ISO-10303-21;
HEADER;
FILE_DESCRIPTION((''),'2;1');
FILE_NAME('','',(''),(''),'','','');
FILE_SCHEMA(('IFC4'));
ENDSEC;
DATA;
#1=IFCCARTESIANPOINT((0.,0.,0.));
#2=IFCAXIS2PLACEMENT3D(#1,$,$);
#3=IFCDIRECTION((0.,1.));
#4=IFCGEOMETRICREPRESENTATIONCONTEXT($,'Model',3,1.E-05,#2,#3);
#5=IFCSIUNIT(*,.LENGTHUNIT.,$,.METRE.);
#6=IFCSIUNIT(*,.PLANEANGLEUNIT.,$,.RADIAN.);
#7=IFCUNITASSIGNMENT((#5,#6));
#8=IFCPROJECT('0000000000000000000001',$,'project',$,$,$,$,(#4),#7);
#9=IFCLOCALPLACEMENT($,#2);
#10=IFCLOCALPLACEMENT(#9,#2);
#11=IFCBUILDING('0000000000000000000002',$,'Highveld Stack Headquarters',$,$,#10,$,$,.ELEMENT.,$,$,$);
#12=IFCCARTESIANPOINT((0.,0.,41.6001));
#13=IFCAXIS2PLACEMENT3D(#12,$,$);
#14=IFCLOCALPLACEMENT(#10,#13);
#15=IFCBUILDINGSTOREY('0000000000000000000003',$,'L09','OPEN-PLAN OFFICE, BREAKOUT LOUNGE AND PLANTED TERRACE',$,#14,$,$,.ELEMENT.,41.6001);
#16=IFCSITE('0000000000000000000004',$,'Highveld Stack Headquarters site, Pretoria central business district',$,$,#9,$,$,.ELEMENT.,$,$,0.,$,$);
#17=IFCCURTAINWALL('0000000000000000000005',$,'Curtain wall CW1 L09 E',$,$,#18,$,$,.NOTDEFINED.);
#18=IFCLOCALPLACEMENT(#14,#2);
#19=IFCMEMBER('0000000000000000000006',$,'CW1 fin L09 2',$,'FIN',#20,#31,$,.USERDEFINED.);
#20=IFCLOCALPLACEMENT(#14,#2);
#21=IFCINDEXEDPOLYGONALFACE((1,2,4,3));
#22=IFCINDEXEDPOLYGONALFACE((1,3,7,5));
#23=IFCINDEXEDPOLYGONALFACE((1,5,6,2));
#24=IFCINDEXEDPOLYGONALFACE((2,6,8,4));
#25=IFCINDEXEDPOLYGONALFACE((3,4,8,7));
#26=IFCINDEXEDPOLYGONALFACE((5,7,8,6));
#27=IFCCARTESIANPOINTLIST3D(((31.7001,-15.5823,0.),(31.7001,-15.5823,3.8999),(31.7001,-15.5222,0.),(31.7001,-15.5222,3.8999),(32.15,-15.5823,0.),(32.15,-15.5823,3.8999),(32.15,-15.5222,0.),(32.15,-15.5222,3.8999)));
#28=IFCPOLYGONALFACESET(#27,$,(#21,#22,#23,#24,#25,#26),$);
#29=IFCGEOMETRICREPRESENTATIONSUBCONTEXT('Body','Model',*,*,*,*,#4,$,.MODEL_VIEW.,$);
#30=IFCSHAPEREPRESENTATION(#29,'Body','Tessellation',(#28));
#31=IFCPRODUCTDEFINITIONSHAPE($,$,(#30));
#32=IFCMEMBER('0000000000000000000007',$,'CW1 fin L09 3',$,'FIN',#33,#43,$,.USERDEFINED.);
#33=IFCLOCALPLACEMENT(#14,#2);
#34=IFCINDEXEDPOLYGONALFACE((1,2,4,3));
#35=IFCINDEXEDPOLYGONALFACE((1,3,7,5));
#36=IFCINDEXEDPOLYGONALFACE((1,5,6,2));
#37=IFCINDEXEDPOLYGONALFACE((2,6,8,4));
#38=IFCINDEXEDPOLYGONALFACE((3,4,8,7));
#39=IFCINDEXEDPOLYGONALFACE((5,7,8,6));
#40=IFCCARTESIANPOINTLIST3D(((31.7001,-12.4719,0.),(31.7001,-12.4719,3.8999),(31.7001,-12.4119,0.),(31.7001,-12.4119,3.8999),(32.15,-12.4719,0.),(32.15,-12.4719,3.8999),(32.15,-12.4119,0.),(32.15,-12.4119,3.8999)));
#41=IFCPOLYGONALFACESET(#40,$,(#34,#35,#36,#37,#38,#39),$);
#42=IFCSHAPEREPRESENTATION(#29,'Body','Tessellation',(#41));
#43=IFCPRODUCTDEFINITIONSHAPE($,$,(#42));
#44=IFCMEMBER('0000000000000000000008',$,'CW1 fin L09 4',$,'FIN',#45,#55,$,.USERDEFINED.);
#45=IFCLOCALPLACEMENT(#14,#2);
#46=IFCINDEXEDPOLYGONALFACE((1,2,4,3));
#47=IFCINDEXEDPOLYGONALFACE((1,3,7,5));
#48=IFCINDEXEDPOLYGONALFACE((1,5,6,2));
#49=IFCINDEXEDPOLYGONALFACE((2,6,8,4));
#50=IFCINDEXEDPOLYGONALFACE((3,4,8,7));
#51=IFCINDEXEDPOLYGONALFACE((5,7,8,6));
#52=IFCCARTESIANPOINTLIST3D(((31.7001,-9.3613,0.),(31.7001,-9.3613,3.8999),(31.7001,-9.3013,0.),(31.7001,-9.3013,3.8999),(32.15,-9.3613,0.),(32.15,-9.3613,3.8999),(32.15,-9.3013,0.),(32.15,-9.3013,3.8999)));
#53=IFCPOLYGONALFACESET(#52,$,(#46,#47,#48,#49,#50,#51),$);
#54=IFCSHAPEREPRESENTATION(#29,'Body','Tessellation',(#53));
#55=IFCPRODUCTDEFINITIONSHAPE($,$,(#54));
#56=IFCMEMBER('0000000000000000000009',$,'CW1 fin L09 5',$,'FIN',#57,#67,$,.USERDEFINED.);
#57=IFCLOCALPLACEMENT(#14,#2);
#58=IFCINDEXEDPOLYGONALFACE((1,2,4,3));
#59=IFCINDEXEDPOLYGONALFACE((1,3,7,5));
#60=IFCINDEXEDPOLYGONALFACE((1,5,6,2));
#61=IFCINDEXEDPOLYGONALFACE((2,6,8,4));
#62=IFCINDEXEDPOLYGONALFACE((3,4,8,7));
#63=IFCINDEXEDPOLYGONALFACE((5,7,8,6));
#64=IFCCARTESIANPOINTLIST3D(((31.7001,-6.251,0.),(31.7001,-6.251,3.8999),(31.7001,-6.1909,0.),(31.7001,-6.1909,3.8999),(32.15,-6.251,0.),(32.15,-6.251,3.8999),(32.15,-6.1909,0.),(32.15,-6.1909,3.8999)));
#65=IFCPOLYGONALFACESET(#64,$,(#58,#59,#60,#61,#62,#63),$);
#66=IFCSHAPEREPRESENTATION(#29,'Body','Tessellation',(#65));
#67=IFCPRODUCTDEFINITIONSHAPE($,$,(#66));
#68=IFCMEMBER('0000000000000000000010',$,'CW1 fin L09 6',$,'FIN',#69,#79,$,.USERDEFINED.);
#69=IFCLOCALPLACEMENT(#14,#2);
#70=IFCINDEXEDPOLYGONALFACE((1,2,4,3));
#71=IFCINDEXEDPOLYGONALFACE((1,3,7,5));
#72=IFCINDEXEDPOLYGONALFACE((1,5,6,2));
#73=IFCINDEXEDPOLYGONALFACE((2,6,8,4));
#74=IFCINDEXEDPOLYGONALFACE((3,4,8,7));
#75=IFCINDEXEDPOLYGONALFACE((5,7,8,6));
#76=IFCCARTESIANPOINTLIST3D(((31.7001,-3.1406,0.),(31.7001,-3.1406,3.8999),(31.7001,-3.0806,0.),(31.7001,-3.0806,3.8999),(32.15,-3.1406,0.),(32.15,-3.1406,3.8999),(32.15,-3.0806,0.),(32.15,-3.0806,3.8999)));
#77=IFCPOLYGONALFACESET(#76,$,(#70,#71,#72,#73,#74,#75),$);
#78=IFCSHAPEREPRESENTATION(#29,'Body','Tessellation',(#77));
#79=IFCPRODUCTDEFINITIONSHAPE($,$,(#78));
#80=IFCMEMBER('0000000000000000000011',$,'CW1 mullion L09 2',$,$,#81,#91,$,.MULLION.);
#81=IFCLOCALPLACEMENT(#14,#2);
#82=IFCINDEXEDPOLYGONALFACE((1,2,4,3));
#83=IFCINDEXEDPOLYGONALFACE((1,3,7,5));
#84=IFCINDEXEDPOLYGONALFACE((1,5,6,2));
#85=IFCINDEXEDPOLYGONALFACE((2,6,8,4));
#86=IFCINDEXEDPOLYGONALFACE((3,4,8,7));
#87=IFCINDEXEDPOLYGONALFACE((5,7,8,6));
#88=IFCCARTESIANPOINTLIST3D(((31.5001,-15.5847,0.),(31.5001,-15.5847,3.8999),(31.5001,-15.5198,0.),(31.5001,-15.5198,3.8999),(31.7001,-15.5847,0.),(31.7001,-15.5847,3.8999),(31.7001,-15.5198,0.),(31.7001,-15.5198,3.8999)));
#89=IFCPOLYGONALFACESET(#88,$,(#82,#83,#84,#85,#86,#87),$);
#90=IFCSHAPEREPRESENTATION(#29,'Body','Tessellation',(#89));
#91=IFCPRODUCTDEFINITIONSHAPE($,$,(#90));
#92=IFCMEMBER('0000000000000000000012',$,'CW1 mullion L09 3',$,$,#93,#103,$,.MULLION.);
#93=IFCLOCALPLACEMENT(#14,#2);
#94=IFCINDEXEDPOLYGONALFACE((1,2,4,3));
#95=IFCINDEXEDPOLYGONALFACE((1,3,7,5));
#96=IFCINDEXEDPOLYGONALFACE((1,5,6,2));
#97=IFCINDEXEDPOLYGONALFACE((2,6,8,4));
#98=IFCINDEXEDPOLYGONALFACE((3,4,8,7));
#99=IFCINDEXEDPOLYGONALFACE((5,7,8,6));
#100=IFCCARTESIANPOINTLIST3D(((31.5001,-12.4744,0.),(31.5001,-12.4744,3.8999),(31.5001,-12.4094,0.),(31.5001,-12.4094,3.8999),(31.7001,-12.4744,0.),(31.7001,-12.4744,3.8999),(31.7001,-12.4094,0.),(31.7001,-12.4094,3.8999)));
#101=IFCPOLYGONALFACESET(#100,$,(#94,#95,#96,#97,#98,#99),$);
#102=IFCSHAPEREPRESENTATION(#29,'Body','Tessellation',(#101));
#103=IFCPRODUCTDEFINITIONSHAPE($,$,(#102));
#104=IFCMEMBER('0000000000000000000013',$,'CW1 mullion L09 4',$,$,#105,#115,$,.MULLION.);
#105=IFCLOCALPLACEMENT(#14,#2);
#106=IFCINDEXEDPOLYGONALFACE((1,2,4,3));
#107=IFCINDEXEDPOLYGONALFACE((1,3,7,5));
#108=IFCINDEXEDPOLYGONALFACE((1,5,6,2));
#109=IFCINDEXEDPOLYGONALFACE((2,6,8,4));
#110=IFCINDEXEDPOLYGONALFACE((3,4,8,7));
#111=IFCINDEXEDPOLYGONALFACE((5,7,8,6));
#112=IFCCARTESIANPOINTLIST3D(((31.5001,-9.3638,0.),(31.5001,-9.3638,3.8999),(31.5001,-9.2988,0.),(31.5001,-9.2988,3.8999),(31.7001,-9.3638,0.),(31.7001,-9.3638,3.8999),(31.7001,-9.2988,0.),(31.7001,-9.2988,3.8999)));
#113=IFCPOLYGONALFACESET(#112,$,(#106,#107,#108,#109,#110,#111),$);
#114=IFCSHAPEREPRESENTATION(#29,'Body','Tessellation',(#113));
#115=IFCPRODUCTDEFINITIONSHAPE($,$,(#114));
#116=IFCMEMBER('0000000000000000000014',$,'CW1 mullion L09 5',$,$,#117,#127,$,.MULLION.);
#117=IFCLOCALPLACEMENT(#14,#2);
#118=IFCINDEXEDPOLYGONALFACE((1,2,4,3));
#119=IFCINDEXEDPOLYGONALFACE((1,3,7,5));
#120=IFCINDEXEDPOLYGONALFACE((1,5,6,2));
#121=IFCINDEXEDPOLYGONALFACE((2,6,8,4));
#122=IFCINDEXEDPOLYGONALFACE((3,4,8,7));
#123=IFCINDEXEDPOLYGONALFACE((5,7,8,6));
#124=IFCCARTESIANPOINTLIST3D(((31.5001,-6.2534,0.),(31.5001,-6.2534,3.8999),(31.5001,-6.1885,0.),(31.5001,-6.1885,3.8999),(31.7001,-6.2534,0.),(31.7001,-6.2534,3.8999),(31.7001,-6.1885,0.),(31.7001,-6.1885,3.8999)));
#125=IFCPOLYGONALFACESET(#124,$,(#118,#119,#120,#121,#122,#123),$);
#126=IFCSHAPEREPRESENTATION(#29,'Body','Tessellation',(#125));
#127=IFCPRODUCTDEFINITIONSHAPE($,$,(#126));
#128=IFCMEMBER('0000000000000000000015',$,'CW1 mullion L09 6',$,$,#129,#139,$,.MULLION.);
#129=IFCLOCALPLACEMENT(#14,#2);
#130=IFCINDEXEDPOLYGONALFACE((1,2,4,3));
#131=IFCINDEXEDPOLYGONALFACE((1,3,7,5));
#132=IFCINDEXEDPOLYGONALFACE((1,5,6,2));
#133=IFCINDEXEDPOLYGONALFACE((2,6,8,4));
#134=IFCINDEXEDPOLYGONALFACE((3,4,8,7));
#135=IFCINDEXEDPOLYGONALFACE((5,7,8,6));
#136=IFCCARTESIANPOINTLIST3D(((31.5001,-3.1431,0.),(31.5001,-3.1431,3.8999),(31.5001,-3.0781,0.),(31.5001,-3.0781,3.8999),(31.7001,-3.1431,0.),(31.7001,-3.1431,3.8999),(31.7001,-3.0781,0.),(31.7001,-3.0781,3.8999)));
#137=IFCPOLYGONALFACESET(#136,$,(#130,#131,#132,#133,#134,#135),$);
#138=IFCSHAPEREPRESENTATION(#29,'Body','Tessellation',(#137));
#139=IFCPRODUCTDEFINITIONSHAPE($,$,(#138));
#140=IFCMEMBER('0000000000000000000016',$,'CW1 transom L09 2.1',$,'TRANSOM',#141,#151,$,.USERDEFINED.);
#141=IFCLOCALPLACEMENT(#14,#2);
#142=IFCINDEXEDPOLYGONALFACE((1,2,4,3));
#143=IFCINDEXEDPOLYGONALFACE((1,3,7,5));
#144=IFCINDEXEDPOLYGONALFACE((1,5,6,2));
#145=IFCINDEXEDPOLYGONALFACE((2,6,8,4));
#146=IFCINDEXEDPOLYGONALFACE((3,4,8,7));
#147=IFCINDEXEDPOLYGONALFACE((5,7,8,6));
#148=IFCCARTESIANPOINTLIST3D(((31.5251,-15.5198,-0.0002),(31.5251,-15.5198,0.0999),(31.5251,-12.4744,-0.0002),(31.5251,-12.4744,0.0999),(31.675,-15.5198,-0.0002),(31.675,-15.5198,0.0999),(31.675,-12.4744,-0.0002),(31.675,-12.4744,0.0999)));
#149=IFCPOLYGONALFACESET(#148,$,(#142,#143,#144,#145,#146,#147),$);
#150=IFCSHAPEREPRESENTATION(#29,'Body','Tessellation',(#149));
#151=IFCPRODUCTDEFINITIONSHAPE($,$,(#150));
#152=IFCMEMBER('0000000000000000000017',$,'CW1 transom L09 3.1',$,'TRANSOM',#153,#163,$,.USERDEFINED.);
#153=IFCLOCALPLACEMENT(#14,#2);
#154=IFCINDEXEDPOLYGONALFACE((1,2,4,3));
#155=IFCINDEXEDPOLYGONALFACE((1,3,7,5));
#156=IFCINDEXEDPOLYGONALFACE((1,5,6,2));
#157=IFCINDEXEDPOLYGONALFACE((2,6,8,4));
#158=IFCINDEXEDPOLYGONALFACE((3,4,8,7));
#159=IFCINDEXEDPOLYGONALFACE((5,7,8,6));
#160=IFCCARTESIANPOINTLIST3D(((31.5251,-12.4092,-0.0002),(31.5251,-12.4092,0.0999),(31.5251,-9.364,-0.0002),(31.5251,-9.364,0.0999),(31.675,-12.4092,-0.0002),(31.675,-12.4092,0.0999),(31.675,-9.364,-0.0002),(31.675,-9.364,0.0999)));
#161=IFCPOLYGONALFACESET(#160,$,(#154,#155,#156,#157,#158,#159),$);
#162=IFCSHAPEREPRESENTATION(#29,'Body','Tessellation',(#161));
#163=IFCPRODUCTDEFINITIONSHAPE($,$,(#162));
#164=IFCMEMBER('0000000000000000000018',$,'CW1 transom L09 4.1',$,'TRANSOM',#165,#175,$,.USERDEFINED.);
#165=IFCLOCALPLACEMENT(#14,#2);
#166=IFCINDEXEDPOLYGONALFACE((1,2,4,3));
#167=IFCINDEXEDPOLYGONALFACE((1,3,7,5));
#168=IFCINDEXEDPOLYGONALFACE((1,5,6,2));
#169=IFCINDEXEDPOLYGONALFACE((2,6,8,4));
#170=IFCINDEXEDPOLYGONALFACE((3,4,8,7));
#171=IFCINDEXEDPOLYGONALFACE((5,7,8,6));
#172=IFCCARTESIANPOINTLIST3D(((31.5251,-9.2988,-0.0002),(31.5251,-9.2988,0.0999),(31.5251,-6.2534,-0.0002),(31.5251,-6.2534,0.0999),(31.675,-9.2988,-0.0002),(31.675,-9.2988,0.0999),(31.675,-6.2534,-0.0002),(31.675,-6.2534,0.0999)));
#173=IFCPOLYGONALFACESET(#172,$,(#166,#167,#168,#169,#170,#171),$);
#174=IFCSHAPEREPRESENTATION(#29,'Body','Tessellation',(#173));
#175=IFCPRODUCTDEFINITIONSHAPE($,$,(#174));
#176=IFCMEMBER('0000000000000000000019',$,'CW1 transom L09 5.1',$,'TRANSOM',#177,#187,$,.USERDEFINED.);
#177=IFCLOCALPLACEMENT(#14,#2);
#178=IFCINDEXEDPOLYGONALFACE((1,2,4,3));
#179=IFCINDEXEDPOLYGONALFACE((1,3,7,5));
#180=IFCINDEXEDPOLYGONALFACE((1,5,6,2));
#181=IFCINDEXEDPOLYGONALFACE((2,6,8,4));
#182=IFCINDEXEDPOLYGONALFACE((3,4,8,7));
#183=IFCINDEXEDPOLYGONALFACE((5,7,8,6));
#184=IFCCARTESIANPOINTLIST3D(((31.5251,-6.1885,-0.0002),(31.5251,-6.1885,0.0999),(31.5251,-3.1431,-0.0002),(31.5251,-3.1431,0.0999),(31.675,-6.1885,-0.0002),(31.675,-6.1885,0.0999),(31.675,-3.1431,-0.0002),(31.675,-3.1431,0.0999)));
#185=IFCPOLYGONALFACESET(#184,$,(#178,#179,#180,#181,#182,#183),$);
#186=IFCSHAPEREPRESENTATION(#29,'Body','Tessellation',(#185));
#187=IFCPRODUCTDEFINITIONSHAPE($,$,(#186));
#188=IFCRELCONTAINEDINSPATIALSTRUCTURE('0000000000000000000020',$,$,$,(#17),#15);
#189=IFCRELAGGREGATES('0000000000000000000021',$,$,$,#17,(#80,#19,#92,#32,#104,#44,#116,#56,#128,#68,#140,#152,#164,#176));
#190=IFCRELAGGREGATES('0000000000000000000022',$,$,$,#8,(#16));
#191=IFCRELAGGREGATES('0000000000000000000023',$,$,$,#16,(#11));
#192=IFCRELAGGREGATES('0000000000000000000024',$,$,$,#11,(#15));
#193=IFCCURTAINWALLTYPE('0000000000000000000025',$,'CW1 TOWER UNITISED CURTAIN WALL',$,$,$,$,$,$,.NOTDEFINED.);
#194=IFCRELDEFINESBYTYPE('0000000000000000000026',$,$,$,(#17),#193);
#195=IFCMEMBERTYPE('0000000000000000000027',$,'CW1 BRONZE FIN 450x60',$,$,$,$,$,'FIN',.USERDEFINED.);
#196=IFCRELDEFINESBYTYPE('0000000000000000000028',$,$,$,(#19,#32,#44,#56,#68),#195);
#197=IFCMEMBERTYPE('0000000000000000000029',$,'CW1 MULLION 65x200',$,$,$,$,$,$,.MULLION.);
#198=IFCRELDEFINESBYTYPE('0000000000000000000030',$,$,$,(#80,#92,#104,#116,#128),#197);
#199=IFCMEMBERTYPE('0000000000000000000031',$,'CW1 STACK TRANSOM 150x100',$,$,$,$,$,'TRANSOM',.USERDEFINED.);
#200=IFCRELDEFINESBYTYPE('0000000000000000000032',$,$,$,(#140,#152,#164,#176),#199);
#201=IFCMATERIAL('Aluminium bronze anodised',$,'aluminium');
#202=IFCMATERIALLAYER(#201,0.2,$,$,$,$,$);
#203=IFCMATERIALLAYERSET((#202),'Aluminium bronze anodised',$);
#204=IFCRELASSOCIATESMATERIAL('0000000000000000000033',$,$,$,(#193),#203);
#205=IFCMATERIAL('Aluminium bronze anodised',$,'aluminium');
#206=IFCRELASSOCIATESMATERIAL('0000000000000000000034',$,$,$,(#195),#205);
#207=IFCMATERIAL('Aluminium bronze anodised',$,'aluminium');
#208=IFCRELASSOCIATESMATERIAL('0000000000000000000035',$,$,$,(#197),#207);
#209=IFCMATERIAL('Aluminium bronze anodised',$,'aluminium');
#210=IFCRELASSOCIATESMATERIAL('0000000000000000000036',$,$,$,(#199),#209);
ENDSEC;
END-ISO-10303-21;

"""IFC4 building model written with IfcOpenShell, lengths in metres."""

from ifc_helpers import new_model, si_unit, direction, frame, origin, origin_2d, place, context, subcontext, project, spatial, rectangle, extrude, material, layer, layer_set, material_profile, profile_set, type_object, element, aggregate, save


model = new_model("IFC4")

# Units and contexts
model_context = context("Model", 3, precision=1e-05, world=origin(), true_north=direction((0.0, 1.0)))
body_context = subcontext(model_context, "Body", "Model", "MODEL_VIEW")
ifc_project = project(units=[si_unit("LENGTHUNIT", "METRE"), si_unit("PLANEANGLEUNIT", "RADIAN")], contexts=[model_context])

# Site, building, storey
site_placement = place(None, origin())
site = spatial("IfcSite", under=ifc_project, at=site_placement, Name="Highveld Stack Headquarters site, Pretoria central business district", CompositionType="ELEMENT", RefElevation=0.0)
building_placement = place(site_placement, origin())
building = spatial("IfcBuilding", under=site, at=building_placement, Name="Highveld Stack Headquarters", CompositionType="ELEMENT")
storey_placement = place(building_placement, frame((0.0, 0.0, 41.6001)))
storey = spatial("IfcBuildingStorey", under=building, at=storey_placement, Name="L09", Description="OPEN-PLAN OFFICE, BREAKOUT LOUNGE AND PLANTED TERRACE", CompositionType="ELEMENT", Elevation=41.6001)

# Curtain wall, members
ifc_material_1 = material(Name="Aluminium bronze anodised", Category="aluminium")
ifc_layer_1 = layer(ifc_material_1, 0.2)
ifc_layer_set_1 = layer_set([ifc_layer_1], Name="Aluminium bronze anodised")
curtain_wall_type = type_object("IfcCurtainWallType", Name="CW1 TOWER UNITISED CURTAIN WALL", PredefinedType="NOTDEFINED", material=ifc_layer_set_1)
curtain_wall_placement = place(storey_placement, origin())
curtain_wall = element("IfcCurtainWall", 1, at=curtain_wall_placement, inside=storey, type_object=curtain_wall_type, Name="Curtain wall CW1 L09 E", PredefinedType="NOTDEFINED")
ifc_material_2 = material(Name="Aluminium bronze anodised", Category="aluminium")
ifc_material_profile_1 = material_profile(ifc_material_2, rectangle(XDim=0.45, YDim=0.0601, at=origin_2d()), Name="FIN 450x60")
ifc_profile_set_1 = profile_set([ifc_material_profile_1], Name="Aluminium bronze anodised")
member_type_1 = type_object("IfcMemberType", Name="CW1 BRONZE FIN 450x60", ElementType="FIN", PredefinedType="USERDEFINED", material=ifc_profile_set_1)
member_1_placement = place(storey_placement, frame((31.925, -15.5522, 0.0), z_axis=(0.0, 0.0, 1.0), x_axis=(-1.0, 0.0, 0.0)))
member_1 = element("IfcMember", 2, at=member_1_placement, type_object=member_type_1, Name="CW1 fin L09 2", ObjectType="FIN", PredefinedType="USERDEFINED", context=body_context, shape_type="SweptSolid", body=[
    extrude(rectangle(XDim=0.45, YDim=0.0601, at=origin_2d()), origin(), (0.0, 0.0, 1.0), 3.8999),
])
member_2_placement = place(storey_placement, frame((31.925, -12.4419, 0.0), z_axis=(0.0, 0.0, 1.0), x_axis=(-1.0, 0.0, 0.0)))
member_2 = element("IfcMember", 3, at=member_2_placement, type_object=member_type_1, Name="CW1 fin L09 3", ObjectType="FIN", PredefinedType="USERDEFINED", context=body_context, shape_type="SweptSolid", body=[
    extrude(rectangle(XDim=0.45, YDim=0.0601, at=origin_2d()), origin(), (0.0, 0.0, 1.0), 3.8999),
])
member_3_placement = place(storey_placement, frame((31.925, -9.3313, 0.0), z_axis=(0.0, 0.0, 1.0), x_axis=(-1.0, 0.0, 0.0)))
member_3 = element("IfcMember", 4, at=member_3_placement, type_object=member_type_1, Name="CW1 fin L09 4", ObjectType="FIN", PredefinedType="USERDEFINED", context=body_context, shape_type="SweptSolid", body=[
    extrude(rectangle(XDim=0.45, YDim=0.0601, at=origin_2d()), origin(), (0.0, 0.0, 1.0), 3.8999),
])
member_4_placement = place(storey_placement, frame((31.925, -6.2209, 0.0), z_axis=(0.0, 0.0, 1.0), x_axis=(-1.0, 0.0, 0.0)))
member_4 = element("IfcMember", 5, at=member_4_placement, type_object=member_type_1, Name="CW1 fin L09 5", ObjectType="FIN", PredefinedType="USERDEFINED", context=body_context, shape_type="SweptSolid", body=[
    extrude(rectangle(XDim=0.45, YDim=0.0601, at=origin_2d()), origin(), (0.0, 0.0, 1.0), 3.8999),
])
member_5_placement = place(storey_placement, frame((31.925, -3.1106, 0.0), z_axis=(0.0, 0.0, 1.0), x_axis=(-1.0, 0.0, 0.0)))
member_5 = element("IfcMember", 6, at=member_5_placement, type_object=member_type_1, Name="CW1 fin L09 6", ObjectType="FIN", PredefinedType="USERDEFINED", context=body_context, shape_type="SweptSolid", body=[
    extrude(rectangle(XDim=0.45, YDim=0.0601, at=origin_2d()), origin(), (0.0, 0.0, 1.0), 3.8999),
])
ifc_material_3 = material(Name="Aluminium bronze anodised", Category="aluminium")
ifc_material_profile_2 = material_profile(ifc_material_3, rectangle(XDim=0.2, YDim=0.0649, at=origin_2d()), Name="CW1 MULLION 65x200")
ifc_profile_set_2 = profile_set([ifc_material_profile_2], Name="Aluminium bronze anodised")
member_type_2 = type_object("IfcMemberType", Name="CW1 MULLION 65x200", PredefinedType="MULLION", material=ifc_profile_set_2)
member_6_placement = place(storey_placement, frame((31.6001, -15.5522, 0.0), z_axis=(0.0, 0.0, 1.0), x_axis=(-1.0, 0.0, 0.0)))
member_6 = element("IfcMember", 7, at=member_6_placement, type_object=member_type_2, Name="CW1 mullion L09 2", PredefinedType="MULLION", context=body_context, shape_type="SweptSolid", body=[
    extrude(rectangle(XDim=0.2, YDim=0.0649, at=origin_2d()), origin(), (0.0, 0.0, 1.0), 3.8999),
])
member_7_placement = place(storey_placement, frame((31.6001, -12.4419, 0.0), z_axis=(0.0, 0.0, 1.0), x_axis=(-1.0, 0.0, 0.0)))
member_7 = element("IfcMember", 8, at=member_7_placement, type_object=member_type_2, Name="CW1 mullion L09 3", PredefinedType="MULLION", context=body_context, shape_type="SweptSolid", body=[
    extrude(rectangle(XDim=0.2, YDim=0.0649, at=origin_2d()), origin(), (0.0, 0.0, 1.0), 3.8999),
])
member_8_placement = place(storey_placement, frame((31.6001, -9.3313, 0.0), z_axis=(0.0, 0.0, 1.0), x_axis=(-1.0, 0.0, 0.0)))
member_8 = element("IfcMember", 9, at=member_8_placement, type_object=member_type_2, Name="CW1 mullion L09 4", PredefinedType="MULLION", context=body_context, shape_type="SweptSolid", body=[
    extrude(rectangle(XDim=0.2, YDim=0.0649, at=origin_2d()), origin(), (0.0, 0.0, 1.0), 3.8999),
])
member_9_placement = place(storey_placement, frame((31.6001, -6.2209, 0.0), z_axis=(0.0, 0.0, 1.0), x_axis=(-1.0, 0.0, 0.0)))
member_9 = element("IfcMember", 10, at=member_9_placement, type_object=member_type_2, Name="CW1 mullion L09 5", PredefinedType="MULLION", context=body_context, shape_type="SweptSolid", body=[
    extrude(rectangle(XDim=0.2, YDim=0.0649, at=origin_2d()), origin(), (0.0, 0.0, 1.0), 3.8999),
])
member_10_placement = place(storey_placement, frame((31.6001, -3.1106, 0.0), z_axis=(0.0, 0.0, 1.0), x_axis=(-1.0, 0.0, 0.0)))
member_10 = element("IfcMember", 11, at=member_10_placement, type_object=member_type_2, Name="CW1 mullion L09 6", PredefinedType="MULLION", context=body_context, shape_type="SweptSolid", body=[
    extrude(rectangle(XDim=0.2, YDim=0.0649, at=origin_2d()), origin(), (0.0, 0.0, 1.0), 3.8999),
])
ifc_material_4 = material(Name="Aluminium bronze anodised", Category="aluminium")
ifc_material_profile_3 = material_profile(ifc_material_4, rectangle(XDim=0.1499, YDim=0.1001, at=origin_2d()), Name="CW1 TRANSOM 150x100")
ifc_profile_set_3 = profile_set([ifc_material_profile_3], Name="Aluminium bronze anodised")
member_type_3 = type_object("IfcMemberType", Name="CW1 STACK TRANSOM 150x100", ElementType="TRANSOM", PredefinedType="USERDEFINED", material=ifc_profile_set_3)
member_11_placement = place(storey_placement, frame((31.6001, -15.5198, 0.0498), z_axis=(0.0, 1.0, 0.0), x_axis=(-1.0, 0.0, 0.0)))
member_11 = element("IfcMember", 12, at=member_11_placement, type_object=member_type_3, Name="CW1 transom L09 2.1", ObjectType="TRANSOM", PredefinedType="USERDEFINED", context=body_context, shape_type="SweptSolid", body=[
    extrude(rectangle(XDim=0.1499, YDim=0.1001, at=origin_2d()), origin(), (0.0, 0.0, 1.0), 3.0454),
])
member_12_placement = place(storey_placement, frame((31.6001, -12.4092, 0.0498), z_axis=(0.0, 1.0, 0.0), x_axis=(-1.0, 0.0, 0.0)))
member_12 = element("IfcMember", 13, at=member_12_placement, type_object=member_type_3, Name="CW1 transom L09 3.1", ObjectType="TRANSOM", PredefinedType="USERDEFINED", context=body_context, shape_type="SweptSolid", body=[
    extrude(rectangle(XDim=0.1499, YDim=0.1001, at=origin_2d()), origin(), (0.0, 0.0, 1.0), 3.0452),
])
member_13_placement = place(storey_placement, frame((31.6001, -9.2988, 0.0498), z_axis=(0.0, 1.0, 0.0), x_axis=(-1.0, 0.0, 0.0)))
member_13 = element("IfcMember", 14, at=member_13_placement, type_object=member_type_3, Name="CW1 transom L09 4.1", ObjectType="TRANSOM", PredefinedType="USERDEFINED", context=body_context, shape_type="SweptSolid", body=[
    extrude(rectangle(XDim=0.1499, YDim=0.1001, at=origin_2d()), origin(), (0.0, 0.0, 1.0), 3.0454),
])
member_14_placement = place(storey_placement, frame((31.6001, -6.1885, 0.0498), z_axis=(0.0, 1.0, 0.0), x_axis=(-1.0, 0.0, 0.0)))
member_14 = element("IfcMember", 15, at=member_14_placement, type_object=member_type_3, Name="CW1 transom L09 5.1", ObjectType="TRANSOM", PredefinedType="USERDEFINED", context=body_context, shape_type="SweptSolid", body=[
    extrude(rectangle(XDim=0.1499, YDim=0.1001, at=origin_2d()), origin(), (0.0, 0.0, 1.0), 3.0454),
])

aggregate(curtain_wall, [member_6, member_1, member_7, member_2, member_8, member_3, member_9, member_4, member_10, member_5, member_11, member_12, member_13, member_14])

save(model, "model.ifc")
